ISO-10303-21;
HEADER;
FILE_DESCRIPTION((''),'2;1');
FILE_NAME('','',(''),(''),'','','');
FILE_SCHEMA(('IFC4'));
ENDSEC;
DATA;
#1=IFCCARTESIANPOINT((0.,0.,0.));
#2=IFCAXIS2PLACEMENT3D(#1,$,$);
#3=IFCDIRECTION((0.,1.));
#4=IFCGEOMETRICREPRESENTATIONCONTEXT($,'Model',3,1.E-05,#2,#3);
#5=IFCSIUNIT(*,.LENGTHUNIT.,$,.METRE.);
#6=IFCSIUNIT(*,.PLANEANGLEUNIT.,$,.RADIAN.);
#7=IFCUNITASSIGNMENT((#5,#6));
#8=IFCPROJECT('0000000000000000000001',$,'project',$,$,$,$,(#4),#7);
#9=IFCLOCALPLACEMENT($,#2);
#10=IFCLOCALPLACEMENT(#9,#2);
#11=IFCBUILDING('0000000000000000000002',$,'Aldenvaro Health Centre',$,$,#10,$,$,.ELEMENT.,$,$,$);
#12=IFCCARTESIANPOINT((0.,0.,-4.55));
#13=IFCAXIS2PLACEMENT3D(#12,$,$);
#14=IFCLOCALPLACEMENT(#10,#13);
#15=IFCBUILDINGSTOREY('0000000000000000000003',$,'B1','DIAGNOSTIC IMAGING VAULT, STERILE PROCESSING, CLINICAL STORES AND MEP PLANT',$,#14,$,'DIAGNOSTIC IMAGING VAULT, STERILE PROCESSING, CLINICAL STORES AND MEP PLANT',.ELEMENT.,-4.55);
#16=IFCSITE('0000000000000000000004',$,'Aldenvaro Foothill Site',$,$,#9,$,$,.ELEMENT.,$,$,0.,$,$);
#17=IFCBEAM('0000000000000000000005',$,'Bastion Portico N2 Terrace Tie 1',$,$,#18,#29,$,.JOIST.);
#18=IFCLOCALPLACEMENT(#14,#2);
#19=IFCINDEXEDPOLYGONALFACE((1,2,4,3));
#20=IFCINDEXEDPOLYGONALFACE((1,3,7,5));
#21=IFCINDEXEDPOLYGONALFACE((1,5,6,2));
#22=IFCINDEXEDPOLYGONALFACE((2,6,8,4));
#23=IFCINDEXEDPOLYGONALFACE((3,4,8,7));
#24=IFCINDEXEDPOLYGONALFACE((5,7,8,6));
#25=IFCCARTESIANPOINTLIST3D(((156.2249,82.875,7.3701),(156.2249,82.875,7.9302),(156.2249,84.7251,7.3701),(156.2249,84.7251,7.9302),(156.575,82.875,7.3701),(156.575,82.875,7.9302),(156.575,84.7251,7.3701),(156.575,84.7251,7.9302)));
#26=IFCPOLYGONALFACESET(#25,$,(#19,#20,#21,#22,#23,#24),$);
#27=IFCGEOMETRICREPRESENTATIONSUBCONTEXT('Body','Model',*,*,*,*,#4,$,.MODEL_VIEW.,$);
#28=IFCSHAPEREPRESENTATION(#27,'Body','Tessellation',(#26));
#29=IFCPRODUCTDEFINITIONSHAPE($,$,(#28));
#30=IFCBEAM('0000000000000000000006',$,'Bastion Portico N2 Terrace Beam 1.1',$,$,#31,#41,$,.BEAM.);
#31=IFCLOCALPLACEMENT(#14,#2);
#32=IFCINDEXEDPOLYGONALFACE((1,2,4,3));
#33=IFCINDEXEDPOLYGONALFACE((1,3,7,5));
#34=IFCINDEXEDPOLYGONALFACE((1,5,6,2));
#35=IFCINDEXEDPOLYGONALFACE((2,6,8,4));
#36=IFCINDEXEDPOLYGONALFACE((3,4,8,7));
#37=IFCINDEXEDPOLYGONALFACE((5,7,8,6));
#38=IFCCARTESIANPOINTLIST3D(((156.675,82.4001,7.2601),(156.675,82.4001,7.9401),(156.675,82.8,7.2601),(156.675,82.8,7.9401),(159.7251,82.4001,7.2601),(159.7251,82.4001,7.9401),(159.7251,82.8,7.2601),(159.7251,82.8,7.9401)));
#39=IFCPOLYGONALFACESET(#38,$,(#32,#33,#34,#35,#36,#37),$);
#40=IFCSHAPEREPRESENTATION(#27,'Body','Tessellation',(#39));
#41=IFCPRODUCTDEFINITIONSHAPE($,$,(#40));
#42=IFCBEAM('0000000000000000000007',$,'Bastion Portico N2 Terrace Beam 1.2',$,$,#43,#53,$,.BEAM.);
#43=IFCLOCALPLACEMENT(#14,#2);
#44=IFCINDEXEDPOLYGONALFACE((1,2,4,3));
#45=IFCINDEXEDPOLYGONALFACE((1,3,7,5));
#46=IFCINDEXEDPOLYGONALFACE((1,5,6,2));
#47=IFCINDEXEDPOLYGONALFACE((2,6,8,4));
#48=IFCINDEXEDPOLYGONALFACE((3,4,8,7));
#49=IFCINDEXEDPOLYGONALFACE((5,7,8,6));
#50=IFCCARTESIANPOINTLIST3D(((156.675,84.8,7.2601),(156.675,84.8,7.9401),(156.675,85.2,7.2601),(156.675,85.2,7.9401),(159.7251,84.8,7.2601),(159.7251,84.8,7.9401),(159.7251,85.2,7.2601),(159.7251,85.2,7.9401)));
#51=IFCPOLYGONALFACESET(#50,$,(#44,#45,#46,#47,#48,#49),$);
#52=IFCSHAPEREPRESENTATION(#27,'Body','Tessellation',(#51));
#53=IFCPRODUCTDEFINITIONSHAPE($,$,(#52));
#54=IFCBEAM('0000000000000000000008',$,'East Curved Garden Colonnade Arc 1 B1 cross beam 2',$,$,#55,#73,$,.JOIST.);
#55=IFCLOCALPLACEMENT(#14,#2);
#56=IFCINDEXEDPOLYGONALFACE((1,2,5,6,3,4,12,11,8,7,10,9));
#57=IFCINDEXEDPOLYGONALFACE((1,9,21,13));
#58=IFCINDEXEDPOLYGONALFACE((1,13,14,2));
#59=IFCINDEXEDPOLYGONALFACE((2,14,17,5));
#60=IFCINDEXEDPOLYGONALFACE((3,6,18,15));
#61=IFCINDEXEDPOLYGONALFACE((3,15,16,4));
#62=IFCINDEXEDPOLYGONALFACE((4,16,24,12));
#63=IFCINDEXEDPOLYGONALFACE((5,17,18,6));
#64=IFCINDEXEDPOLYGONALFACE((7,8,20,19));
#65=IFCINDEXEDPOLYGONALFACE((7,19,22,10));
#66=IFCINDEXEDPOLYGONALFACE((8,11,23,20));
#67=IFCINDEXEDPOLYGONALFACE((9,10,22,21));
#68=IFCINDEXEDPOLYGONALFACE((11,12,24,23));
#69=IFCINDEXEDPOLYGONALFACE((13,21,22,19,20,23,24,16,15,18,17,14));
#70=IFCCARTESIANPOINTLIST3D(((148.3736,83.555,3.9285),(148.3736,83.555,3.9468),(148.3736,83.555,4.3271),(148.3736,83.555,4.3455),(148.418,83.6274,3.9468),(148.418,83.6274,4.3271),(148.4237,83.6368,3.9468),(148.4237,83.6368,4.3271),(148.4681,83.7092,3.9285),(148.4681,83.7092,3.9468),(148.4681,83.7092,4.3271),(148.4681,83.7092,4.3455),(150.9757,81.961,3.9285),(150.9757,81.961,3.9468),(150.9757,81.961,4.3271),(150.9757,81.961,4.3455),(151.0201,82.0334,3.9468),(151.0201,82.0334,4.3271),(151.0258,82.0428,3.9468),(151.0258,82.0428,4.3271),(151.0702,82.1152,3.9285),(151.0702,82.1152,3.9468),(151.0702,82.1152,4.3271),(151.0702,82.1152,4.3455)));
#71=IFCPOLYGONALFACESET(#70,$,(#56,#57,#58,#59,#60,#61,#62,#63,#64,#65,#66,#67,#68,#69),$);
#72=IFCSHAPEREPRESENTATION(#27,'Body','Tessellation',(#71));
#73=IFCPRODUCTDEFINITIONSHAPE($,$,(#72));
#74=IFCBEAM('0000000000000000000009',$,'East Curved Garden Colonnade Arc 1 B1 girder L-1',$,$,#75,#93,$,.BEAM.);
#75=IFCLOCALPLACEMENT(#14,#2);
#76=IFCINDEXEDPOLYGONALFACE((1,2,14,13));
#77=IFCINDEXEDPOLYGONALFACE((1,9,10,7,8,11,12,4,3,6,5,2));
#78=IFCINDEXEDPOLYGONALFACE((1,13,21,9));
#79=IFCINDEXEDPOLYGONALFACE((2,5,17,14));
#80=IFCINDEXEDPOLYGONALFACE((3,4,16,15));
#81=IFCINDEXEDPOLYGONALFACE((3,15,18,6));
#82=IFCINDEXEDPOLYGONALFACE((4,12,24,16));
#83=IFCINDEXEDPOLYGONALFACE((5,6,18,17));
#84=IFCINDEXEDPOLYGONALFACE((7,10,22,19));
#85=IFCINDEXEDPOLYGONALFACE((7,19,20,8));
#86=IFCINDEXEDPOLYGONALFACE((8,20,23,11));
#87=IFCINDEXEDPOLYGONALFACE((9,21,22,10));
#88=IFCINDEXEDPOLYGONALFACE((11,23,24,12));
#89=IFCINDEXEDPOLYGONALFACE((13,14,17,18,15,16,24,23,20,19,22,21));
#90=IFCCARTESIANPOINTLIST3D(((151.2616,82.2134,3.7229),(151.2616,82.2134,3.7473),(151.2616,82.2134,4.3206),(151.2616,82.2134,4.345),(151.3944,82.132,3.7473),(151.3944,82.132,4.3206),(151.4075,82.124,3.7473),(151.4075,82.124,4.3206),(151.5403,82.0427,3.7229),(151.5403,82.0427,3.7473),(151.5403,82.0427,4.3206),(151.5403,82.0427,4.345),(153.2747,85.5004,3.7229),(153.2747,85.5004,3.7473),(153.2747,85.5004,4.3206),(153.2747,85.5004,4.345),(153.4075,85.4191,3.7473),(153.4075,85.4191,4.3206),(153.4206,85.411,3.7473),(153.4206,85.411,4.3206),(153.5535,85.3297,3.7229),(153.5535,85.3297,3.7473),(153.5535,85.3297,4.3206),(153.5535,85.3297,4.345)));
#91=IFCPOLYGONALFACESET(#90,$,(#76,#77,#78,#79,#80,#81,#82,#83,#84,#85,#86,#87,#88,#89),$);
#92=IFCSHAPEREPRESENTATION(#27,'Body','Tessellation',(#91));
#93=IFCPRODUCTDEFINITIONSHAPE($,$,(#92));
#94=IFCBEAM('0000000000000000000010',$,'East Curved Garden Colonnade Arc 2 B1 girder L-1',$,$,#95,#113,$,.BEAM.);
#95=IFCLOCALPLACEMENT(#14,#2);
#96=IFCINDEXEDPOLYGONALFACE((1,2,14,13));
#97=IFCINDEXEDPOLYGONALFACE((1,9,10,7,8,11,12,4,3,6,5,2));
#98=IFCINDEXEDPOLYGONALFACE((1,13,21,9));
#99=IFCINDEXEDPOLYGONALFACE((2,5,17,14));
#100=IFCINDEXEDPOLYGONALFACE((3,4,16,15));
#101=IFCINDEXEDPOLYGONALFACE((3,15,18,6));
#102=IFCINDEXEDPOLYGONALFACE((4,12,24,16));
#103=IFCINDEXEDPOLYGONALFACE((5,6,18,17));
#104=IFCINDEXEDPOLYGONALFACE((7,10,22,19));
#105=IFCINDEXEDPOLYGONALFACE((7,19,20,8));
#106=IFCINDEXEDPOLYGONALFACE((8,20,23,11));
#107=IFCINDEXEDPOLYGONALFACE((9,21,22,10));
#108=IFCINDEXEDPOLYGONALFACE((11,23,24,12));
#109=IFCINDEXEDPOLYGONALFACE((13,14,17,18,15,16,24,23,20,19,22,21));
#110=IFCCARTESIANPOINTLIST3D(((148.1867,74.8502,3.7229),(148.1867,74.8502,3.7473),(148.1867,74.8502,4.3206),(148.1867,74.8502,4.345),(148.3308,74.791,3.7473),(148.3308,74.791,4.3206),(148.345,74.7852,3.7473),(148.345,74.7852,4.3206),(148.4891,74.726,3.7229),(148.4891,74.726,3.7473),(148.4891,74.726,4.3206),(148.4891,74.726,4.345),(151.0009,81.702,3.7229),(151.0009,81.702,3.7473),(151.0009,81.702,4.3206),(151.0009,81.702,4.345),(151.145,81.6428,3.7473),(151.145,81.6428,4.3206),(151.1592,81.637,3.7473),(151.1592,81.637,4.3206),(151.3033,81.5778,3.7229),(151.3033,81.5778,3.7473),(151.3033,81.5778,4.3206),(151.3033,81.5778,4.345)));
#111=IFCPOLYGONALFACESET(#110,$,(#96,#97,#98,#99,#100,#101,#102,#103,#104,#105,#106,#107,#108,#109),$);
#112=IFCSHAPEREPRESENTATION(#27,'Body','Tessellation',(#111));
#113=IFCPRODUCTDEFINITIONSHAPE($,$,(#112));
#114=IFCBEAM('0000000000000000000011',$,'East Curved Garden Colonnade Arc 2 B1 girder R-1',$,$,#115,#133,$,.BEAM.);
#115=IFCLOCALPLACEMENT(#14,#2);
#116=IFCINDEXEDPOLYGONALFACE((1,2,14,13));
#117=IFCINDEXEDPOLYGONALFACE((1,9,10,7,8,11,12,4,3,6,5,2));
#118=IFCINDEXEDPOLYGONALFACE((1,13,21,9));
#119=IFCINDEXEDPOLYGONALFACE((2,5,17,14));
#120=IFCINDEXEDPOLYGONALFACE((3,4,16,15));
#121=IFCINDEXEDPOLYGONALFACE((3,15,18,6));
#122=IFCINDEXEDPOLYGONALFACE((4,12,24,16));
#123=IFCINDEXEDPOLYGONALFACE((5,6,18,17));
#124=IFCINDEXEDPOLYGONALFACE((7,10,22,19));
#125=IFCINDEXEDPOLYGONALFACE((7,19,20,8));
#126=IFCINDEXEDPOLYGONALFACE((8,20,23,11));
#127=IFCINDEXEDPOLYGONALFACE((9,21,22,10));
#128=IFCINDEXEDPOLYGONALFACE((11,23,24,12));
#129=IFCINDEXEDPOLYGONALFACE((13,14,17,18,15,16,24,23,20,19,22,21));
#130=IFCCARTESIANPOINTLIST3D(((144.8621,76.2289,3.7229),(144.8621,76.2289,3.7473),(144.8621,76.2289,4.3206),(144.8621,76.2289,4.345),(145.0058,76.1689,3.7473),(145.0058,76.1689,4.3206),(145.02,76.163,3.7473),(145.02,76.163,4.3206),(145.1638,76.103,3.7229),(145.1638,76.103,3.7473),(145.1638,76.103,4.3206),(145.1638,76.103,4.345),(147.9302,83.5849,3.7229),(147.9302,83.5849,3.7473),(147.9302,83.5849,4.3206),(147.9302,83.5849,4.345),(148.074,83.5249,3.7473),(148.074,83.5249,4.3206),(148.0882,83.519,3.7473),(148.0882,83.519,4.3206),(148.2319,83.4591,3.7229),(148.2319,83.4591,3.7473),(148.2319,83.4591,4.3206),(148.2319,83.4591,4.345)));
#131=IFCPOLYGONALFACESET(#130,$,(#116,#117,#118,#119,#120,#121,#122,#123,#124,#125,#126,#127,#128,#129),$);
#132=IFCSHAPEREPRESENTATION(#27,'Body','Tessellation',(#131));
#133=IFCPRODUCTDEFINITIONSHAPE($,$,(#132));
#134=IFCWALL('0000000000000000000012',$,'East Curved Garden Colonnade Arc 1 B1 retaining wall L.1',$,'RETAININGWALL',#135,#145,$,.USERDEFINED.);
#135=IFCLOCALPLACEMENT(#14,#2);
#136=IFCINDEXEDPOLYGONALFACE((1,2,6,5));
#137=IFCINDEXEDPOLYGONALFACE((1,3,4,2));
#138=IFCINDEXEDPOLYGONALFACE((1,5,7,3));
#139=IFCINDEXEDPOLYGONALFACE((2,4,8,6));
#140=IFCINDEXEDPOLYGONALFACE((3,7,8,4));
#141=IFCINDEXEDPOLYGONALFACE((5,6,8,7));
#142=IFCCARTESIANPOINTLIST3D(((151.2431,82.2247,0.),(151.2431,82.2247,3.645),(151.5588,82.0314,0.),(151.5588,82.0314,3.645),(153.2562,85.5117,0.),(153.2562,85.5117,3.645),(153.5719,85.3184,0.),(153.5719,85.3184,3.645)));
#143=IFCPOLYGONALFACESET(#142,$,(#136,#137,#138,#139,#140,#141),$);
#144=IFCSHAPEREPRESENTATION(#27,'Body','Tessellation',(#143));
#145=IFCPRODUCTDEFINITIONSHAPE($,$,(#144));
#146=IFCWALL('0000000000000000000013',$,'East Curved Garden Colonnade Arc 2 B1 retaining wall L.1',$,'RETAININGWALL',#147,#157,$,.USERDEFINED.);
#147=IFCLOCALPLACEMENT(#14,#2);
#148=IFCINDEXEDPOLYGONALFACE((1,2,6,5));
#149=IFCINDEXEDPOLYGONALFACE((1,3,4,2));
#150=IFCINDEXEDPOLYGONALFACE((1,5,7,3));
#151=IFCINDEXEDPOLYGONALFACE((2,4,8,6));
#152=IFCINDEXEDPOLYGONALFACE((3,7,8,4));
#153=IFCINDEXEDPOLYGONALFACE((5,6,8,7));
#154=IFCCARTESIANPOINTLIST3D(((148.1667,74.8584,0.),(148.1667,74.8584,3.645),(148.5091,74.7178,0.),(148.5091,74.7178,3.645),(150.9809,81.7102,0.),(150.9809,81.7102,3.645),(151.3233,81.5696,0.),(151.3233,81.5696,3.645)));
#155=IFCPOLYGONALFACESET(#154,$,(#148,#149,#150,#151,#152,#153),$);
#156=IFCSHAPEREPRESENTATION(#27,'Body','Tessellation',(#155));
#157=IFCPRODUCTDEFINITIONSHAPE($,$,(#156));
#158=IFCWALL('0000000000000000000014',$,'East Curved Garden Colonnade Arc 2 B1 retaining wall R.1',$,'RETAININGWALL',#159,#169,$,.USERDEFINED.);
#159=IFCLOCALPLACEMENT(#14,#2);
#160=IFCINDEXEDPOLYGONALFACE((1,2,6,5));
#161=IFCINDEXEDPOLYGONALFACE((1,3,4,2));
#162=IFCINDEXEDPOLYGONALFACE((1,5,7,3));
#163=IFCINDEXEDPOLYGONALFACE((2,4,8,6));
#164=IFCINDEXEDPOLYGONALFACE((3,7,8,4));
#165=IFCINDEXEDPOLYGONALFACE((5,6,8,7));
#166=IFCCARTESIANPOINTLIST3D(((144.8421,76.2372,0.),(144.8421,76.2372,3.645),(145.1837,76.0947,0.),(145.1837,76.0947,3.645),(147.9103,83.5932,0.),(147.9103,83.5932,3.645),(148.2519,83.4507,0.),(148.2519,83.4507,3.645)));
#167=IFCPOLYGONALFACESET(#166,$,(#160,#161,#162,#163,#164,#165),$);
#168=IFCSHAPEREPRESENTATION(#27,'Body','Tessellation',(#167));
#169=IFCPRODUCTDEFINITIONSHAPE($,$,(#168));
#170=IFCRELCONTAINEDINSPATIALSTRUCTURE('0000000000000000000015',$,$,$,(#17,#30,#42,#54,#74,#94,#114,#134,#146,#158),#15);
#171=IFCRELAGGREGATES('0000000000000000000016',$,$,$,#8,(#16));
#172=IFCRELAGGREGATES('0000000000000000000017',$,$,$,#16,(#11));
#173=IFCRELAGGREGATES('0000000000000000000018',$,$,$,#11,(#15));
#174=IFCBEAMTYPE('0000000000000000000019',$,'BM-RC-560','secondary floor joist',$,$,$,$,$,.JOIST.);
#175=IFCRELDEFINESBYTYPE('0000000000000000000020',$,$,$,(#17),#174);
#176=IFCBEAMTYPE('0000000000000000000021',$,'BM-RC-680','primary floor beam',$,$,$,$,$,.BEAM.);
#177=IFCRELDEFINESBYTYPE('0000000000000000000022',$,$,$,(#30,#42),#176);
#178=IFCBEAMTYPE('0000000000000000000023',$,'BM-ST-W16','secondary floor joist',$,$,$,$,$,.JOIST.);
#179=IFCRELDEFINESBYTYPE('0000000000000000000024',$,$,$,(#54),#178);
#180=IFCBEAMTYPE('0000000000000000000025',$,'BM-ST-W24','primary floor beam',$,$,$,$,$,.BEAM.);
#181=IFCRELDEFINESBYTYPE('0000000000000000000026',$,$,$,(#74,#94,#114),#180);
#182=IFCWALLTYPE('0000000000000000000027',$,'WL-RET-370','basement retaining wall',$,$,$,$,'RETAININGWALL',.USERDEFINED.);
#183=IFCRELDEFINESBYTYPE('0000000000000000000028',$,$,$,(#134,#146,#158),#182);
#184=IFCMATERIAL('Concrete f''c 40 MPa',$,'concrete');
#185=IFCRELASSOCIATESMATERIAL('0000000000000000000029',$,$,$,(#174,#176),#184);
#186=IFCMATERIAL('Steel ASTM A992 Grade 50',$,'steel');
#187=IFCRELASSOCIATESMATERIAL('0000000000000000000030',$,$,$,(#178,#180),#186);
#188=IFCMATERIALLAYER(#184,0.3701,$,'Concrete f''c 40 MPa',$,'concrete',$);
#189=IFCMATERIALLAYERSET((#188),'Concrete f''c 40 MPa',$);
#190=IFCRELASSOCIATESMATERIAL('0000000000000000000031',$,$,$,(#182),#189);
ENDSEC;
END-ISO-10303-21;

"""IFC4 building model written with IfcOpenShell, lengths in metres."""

from ifc_helpers import new_model, si_unit, direction, frame, frame_2d, origin, origin_2d, place, context, subcontext, project, spatial, rectangle, i_section, extrude, material, layer, layer_set, material_profile, profile_set, type_object, element, save


model = new_model("IFC4")

# Units and contexts
model_context = context("Model", 3, precision=1e-05, world=origin(), true_north=direction((0.0, 1.0)))
body_context = subcontext(model_context, "Body", "Model", "MODEL_VIEW")
ifc_project = project(units=[si_unit("LENGTHUNIT", "METRE"), si_unit("PLANEANGLEUNIT", "RADIAN")], contexts=[model_context])

# Site, building, storey
site_placement = place(None, origin())
site = spatial("IfcSite", under=ifc_project, at=site_placement, Name="Aldenvaro Foothill Site", CompositionType="ELEMENT", RefElevation=0.0)
building_placement = place(site_placement, origin())
building = spatial("IfcBuilding", under=site, at=building_placement, Name="Aldenvaro Health Centre", CompositionType="ELEMENT")
storey_placement = place(building_placement, frame((0.0, 0.0, -4.55)))
storey = spatial("IfcBuildingStorey", under=building, at=storey_placement, Name="B1", Description="DIAGNOSTIC IMAGING VAULT, STERILE PROCESSING, CLINICAL STORES AND MEP PLANT", LongName="DIAGNOSTIC IMAGING VAULT, STERILE PROCESSING, CLINICAL STORES AND MEP PLANT", CompositionType="ELEMENT", Elevation=-4.55)

# Shared definitions
ifc_material_1 = material(Name="Concrete f'c 40 MPa", Category="concrete")

# Beams
ifc_material_profile_1 = material_profile(ifc_material_1, rectangle(XDim=0.3501, YDim=0.5601, at=origin_2d()), Name="RC 350x560", Category="concrete")
ifc_profile_set_1 = profile_set([ifc_material_profile_1], Name="Concrete f'c 40 MPa")
beam_type_1 = type_object("IfcBeamType", Name="BM-RC-560", Description="secondary floor joist", PredefinedType="JOIST", material=ifc_profile_set_1)
beam_1_placement = place(storey_placement, frame((156.3999, 82.875, 7.6501), z_axis=(0.0, 1.0, 0.0), x_axis=(-1.0, 0.0, 0.0)))
element("IfcBeam", 1, at=beam_1_placement, inside=storey, type_object=beam_type_1, Name="Bastion Portico N2 Terrace Tie 1", PredefinedType="JOIST", context=body_context, shape_type="SweptSolid", body=[
    extrude(rectangle(XDim=0.3501, YDim=0.5601, at=origin_2d()), origin(), (0.0, 0.0, 1.0), 1.8501),
])
ifc_material_profile_2 = material_profile(ifc_material_1, rectangle(XDim=0.3999, YDim=0.6799, at=origin_2d()), Name="RC 400x680", Category="concrete")
ifc_profile_set_2 = profile_set([ifc_material_profile_2], Name="Concrete f'c 40 MPa")
beam_type_2 = type_object("IfcBeamType", Name="BM-RC-680", Description="primary floor beam", PredefinedType="BEAM", material=ifc_profile_set_2)
for number, where, z_axis, x_axis, name in (
    (2, (156.675, 82.6001, 7.6001), (1.0, 0.0, 0.0), (0.0, 1.0, 0.0), "Bastion Portico N2 Terrace Beam 1.1"),
    (3, (156.675, 85.0, 7.6001), (1.0, 0.0, 0.0), (0.0, 1.0, 0.0), "Bastion Portico N2 Terrace Beam 1.2"),
):
    element("IfcBeam", number, at=place(storey_placement, frame(where, z_axis=z_axis, x_axis=x_axis)), inside=storey, type_object=beam_type_2, Name=name, PredefinedType="BEAM", context=body_context, shape_type="SweptSolid", body=[
        extrude(rectangle(XDim=0.3999, YDim=0.6799, at=origin_2d()), origin(), (0.0, 0.0, 1.0), 3.05),
    ])
ifc_material_2 = material(Name="Steel ASTM A992 Grade 50", Category="steel")
ifc_material_profile_3 = material_profile(ifc_material_2, i_section(OverallWidth=0.1809, OverallDepth=0.417, WebThickness=0.011, FlangeThickness=0.0183, at=origin_2d()), Name="W16X57", Category="steel")
ifc_profile_set_3 = profile_set([ifc_material_profile_3], Name="Steel ASTM A992 Grade 50")
beam_type_3 = type_object("IfcBeamType", Name="BM-ST-W16", Description="secondary floor joist", PredefinedType="JOIST", material=ifc_profile_set_3)
beam_2_placement = place(storey_placement, frame((151.0229, 82.0381, 4.137), z_axis=(-0.85272, 0.522369, 0.0), x_axis=(-0.522369, -0.85272, 0.0)))
element("IfcBeam", 4, at=beam_2_placement, inside=storey, type_object=beam_type_3, Name="East Curved Garden Colonnade Arc 1 B1 cross beam 2", PredefinedType="JOIST", context=body_context, shape_type="SweptSolid", body=[
    extrude(i_section(OverallWidth=0.1809, OverallDepth=0.417, WebThickness=0.011, FlangeThickness=0.0183, at=origin_2d()), origin(), (0.0, 0.0, 1.0), 3.0515),
])
ifc_material_profile_4 = material_profile(ifc_material_2, i_section(OverallWidth=0.3269, OverallDepth=0.6221, WebThickness=0.0154, FlangeThickness=0.0244, at=origin_2d()), Name="W24X131", Category="steel")
ifc_profile_set_4 = profile_set([ifc_material_profile_4], Name="Steel ASTM A992 Grade 50")
beam_type_4 = type_object("IfcBeamType", Name="BM-ST-W24", Description="primary floor beam", PredefinedType="BEAM", material=ifc_profile_set_4)
beam_3_placement = place(storey_placement, frame((153.4141, 85.415, 4.0339), z_axis=(-0.52228, -0.852774, 0.0), x_axis=(0.852774, -0.52228, 0.0)))
element("IfcBeam", 5, at=beam_3_placement, inside=storey, type_object=beam_type_4, Name="East Curved Garden Colonnade Arc 1 B1 girder L-1", PredefinedType="BEAM", context=body_context, shape_type="SweptSolid", body=[
    extrude(i_section(OverallWidth=0.3269, OverallDepth=0.6221, WebThickness=0.0154, FlangeThickness=0.0244, at=origin_2d()), origin(), (0.0, 0.0, 1.0), 3.8545),
])
beam_4_placement = place(storey_placement, frame((151.1521, 81.6399, 4.0339), z_axis=(-0.379927, -0.925016, 0.0), x_axis=(0.925016, -0.379927, 0.0)))
element("IfcBeam", 6, at=beam_4_placement, inside=storey, type_object=beam_type_4, Name="East Curved Garden Colonnade Arc 2 B1 girder L-1", PredefinedType="BEAM", context=body_context, shape_type="SweptSolid", body=[
    extrude(i_section(OverallWidth=0.3269, OverallDepth=0.6221, WebThickness=0.0154, FlangeThickness=0.0244, at=origin_2d()), origin(), (0.0, 0.0, 1.0), 7.4072),
])
beam_5_placement = place(storey_placement, frame((148.0811, 83.522, 4.0339), z_axis=(-0.38495, -0.922937, 0.0), x_axis=(0.922937, -0.38495, 0.0)))
element("IfcBeam", 7, at=beam_5_placement, inside=storey, type_object=beam_type_4, Name="East Curved Garden Colonnade Arc 2 B1 girder R-1", PredefinedType="BEAM", context=body_context, shape_type="SweptSolid", body=[
    extrude(i_section(OverallWidth=0.3269, OverallDepth=0.6221, WebThickness=0.0154, FlangeThickness=0.0244, at=origin_2d()), origin(), (0.0, 0.0, 1.0), 7.9702),
])

# Walls
ifc_layer = layer(ifc_material_1, 0.3701, Name="Concrete f'c 40 MPa", Category="concrete")
ifc_layer_set = layer_set([ifc_layer], Name="Concrete f'c 40 MPa")
wall_type = type_object("IfcWallType", Name="WL-RET-370", Description="basement retaining wall", ElementType="RETAININGWALL", PredefinedType="USERDEFINED", material=ifc_layer_set)
wall_1_placement = place(storey_placement, frame((153.4141, 85.415, 0.0), z_axis=(0.0, 0.0, 1.0), x_axis=(-0.52228, -0.852774, 0.0)))
element("IfcWall", 8, at=wall_1_placement, inside=storey, type_object=wall_type, Name="East Curved Garden Colonnade Arc 1 B1 retaining wall L.1", ObjectType="RETAININGWALL", PredefinedType="USERDEFINED", context=body_context, shape_type="SweptSolid", body=[
    extrude(rectangle(XDim=3.8545, YDim=0.3701, at=frame_2d((1.9272, 0.0))), origin(), (0.0, 0.0, 1.0), 3.645),
])
wall_2_placement = place(storey_placement, frame((151.1521, 81.6399, 0.0), z_axis=(0.0, 0.0, 1.0), x_axis=(-0.379927, -0.925016, 0.0)))
element("IfcWall", 9, at=wall_2_placement, inside=storey, type_object=wall_type, Name="East Curved Garden Colonnade Arc 2 B1 retaining wall L.1", ObjectType="RETAININGWALL", PredefinedType="USERDEFINED", context=body_context, shape_type="SweptSolid", body=[
    extrude(rectangle(XDim=7.4072, YDim=0.3701, at=frame_2d((3.7036, 0.0))), origin(), (0.0, 0.0, 1.0), 3.645),
])
wall_3_placement = place(storey_placement, frame((148.0811, 83.522, 0.0), z_axis=(0.0, 0.0, 1.0), x_axis=(-0.38495, -0.922937, 0.0)))
element("IfcWall", 10, at=wall_3_placement, inside=storey, type_object=wall_type, Name="East Curved Garden Colonnade Arc 2 B1 retaining wall R.1", ObjectType="RETAININGWALL", PredefinedType="USERDEFINED", context=body_context, shape_type="SweptSolid", body=[
    extrude(rectangle(XDim=7.9702, YDim=0.3701, at=frame_2d((3.9851, 0.0))), origin(), (0.0, 0.0, 1.0), 3.645),
])

save(model, "model.ifc")
